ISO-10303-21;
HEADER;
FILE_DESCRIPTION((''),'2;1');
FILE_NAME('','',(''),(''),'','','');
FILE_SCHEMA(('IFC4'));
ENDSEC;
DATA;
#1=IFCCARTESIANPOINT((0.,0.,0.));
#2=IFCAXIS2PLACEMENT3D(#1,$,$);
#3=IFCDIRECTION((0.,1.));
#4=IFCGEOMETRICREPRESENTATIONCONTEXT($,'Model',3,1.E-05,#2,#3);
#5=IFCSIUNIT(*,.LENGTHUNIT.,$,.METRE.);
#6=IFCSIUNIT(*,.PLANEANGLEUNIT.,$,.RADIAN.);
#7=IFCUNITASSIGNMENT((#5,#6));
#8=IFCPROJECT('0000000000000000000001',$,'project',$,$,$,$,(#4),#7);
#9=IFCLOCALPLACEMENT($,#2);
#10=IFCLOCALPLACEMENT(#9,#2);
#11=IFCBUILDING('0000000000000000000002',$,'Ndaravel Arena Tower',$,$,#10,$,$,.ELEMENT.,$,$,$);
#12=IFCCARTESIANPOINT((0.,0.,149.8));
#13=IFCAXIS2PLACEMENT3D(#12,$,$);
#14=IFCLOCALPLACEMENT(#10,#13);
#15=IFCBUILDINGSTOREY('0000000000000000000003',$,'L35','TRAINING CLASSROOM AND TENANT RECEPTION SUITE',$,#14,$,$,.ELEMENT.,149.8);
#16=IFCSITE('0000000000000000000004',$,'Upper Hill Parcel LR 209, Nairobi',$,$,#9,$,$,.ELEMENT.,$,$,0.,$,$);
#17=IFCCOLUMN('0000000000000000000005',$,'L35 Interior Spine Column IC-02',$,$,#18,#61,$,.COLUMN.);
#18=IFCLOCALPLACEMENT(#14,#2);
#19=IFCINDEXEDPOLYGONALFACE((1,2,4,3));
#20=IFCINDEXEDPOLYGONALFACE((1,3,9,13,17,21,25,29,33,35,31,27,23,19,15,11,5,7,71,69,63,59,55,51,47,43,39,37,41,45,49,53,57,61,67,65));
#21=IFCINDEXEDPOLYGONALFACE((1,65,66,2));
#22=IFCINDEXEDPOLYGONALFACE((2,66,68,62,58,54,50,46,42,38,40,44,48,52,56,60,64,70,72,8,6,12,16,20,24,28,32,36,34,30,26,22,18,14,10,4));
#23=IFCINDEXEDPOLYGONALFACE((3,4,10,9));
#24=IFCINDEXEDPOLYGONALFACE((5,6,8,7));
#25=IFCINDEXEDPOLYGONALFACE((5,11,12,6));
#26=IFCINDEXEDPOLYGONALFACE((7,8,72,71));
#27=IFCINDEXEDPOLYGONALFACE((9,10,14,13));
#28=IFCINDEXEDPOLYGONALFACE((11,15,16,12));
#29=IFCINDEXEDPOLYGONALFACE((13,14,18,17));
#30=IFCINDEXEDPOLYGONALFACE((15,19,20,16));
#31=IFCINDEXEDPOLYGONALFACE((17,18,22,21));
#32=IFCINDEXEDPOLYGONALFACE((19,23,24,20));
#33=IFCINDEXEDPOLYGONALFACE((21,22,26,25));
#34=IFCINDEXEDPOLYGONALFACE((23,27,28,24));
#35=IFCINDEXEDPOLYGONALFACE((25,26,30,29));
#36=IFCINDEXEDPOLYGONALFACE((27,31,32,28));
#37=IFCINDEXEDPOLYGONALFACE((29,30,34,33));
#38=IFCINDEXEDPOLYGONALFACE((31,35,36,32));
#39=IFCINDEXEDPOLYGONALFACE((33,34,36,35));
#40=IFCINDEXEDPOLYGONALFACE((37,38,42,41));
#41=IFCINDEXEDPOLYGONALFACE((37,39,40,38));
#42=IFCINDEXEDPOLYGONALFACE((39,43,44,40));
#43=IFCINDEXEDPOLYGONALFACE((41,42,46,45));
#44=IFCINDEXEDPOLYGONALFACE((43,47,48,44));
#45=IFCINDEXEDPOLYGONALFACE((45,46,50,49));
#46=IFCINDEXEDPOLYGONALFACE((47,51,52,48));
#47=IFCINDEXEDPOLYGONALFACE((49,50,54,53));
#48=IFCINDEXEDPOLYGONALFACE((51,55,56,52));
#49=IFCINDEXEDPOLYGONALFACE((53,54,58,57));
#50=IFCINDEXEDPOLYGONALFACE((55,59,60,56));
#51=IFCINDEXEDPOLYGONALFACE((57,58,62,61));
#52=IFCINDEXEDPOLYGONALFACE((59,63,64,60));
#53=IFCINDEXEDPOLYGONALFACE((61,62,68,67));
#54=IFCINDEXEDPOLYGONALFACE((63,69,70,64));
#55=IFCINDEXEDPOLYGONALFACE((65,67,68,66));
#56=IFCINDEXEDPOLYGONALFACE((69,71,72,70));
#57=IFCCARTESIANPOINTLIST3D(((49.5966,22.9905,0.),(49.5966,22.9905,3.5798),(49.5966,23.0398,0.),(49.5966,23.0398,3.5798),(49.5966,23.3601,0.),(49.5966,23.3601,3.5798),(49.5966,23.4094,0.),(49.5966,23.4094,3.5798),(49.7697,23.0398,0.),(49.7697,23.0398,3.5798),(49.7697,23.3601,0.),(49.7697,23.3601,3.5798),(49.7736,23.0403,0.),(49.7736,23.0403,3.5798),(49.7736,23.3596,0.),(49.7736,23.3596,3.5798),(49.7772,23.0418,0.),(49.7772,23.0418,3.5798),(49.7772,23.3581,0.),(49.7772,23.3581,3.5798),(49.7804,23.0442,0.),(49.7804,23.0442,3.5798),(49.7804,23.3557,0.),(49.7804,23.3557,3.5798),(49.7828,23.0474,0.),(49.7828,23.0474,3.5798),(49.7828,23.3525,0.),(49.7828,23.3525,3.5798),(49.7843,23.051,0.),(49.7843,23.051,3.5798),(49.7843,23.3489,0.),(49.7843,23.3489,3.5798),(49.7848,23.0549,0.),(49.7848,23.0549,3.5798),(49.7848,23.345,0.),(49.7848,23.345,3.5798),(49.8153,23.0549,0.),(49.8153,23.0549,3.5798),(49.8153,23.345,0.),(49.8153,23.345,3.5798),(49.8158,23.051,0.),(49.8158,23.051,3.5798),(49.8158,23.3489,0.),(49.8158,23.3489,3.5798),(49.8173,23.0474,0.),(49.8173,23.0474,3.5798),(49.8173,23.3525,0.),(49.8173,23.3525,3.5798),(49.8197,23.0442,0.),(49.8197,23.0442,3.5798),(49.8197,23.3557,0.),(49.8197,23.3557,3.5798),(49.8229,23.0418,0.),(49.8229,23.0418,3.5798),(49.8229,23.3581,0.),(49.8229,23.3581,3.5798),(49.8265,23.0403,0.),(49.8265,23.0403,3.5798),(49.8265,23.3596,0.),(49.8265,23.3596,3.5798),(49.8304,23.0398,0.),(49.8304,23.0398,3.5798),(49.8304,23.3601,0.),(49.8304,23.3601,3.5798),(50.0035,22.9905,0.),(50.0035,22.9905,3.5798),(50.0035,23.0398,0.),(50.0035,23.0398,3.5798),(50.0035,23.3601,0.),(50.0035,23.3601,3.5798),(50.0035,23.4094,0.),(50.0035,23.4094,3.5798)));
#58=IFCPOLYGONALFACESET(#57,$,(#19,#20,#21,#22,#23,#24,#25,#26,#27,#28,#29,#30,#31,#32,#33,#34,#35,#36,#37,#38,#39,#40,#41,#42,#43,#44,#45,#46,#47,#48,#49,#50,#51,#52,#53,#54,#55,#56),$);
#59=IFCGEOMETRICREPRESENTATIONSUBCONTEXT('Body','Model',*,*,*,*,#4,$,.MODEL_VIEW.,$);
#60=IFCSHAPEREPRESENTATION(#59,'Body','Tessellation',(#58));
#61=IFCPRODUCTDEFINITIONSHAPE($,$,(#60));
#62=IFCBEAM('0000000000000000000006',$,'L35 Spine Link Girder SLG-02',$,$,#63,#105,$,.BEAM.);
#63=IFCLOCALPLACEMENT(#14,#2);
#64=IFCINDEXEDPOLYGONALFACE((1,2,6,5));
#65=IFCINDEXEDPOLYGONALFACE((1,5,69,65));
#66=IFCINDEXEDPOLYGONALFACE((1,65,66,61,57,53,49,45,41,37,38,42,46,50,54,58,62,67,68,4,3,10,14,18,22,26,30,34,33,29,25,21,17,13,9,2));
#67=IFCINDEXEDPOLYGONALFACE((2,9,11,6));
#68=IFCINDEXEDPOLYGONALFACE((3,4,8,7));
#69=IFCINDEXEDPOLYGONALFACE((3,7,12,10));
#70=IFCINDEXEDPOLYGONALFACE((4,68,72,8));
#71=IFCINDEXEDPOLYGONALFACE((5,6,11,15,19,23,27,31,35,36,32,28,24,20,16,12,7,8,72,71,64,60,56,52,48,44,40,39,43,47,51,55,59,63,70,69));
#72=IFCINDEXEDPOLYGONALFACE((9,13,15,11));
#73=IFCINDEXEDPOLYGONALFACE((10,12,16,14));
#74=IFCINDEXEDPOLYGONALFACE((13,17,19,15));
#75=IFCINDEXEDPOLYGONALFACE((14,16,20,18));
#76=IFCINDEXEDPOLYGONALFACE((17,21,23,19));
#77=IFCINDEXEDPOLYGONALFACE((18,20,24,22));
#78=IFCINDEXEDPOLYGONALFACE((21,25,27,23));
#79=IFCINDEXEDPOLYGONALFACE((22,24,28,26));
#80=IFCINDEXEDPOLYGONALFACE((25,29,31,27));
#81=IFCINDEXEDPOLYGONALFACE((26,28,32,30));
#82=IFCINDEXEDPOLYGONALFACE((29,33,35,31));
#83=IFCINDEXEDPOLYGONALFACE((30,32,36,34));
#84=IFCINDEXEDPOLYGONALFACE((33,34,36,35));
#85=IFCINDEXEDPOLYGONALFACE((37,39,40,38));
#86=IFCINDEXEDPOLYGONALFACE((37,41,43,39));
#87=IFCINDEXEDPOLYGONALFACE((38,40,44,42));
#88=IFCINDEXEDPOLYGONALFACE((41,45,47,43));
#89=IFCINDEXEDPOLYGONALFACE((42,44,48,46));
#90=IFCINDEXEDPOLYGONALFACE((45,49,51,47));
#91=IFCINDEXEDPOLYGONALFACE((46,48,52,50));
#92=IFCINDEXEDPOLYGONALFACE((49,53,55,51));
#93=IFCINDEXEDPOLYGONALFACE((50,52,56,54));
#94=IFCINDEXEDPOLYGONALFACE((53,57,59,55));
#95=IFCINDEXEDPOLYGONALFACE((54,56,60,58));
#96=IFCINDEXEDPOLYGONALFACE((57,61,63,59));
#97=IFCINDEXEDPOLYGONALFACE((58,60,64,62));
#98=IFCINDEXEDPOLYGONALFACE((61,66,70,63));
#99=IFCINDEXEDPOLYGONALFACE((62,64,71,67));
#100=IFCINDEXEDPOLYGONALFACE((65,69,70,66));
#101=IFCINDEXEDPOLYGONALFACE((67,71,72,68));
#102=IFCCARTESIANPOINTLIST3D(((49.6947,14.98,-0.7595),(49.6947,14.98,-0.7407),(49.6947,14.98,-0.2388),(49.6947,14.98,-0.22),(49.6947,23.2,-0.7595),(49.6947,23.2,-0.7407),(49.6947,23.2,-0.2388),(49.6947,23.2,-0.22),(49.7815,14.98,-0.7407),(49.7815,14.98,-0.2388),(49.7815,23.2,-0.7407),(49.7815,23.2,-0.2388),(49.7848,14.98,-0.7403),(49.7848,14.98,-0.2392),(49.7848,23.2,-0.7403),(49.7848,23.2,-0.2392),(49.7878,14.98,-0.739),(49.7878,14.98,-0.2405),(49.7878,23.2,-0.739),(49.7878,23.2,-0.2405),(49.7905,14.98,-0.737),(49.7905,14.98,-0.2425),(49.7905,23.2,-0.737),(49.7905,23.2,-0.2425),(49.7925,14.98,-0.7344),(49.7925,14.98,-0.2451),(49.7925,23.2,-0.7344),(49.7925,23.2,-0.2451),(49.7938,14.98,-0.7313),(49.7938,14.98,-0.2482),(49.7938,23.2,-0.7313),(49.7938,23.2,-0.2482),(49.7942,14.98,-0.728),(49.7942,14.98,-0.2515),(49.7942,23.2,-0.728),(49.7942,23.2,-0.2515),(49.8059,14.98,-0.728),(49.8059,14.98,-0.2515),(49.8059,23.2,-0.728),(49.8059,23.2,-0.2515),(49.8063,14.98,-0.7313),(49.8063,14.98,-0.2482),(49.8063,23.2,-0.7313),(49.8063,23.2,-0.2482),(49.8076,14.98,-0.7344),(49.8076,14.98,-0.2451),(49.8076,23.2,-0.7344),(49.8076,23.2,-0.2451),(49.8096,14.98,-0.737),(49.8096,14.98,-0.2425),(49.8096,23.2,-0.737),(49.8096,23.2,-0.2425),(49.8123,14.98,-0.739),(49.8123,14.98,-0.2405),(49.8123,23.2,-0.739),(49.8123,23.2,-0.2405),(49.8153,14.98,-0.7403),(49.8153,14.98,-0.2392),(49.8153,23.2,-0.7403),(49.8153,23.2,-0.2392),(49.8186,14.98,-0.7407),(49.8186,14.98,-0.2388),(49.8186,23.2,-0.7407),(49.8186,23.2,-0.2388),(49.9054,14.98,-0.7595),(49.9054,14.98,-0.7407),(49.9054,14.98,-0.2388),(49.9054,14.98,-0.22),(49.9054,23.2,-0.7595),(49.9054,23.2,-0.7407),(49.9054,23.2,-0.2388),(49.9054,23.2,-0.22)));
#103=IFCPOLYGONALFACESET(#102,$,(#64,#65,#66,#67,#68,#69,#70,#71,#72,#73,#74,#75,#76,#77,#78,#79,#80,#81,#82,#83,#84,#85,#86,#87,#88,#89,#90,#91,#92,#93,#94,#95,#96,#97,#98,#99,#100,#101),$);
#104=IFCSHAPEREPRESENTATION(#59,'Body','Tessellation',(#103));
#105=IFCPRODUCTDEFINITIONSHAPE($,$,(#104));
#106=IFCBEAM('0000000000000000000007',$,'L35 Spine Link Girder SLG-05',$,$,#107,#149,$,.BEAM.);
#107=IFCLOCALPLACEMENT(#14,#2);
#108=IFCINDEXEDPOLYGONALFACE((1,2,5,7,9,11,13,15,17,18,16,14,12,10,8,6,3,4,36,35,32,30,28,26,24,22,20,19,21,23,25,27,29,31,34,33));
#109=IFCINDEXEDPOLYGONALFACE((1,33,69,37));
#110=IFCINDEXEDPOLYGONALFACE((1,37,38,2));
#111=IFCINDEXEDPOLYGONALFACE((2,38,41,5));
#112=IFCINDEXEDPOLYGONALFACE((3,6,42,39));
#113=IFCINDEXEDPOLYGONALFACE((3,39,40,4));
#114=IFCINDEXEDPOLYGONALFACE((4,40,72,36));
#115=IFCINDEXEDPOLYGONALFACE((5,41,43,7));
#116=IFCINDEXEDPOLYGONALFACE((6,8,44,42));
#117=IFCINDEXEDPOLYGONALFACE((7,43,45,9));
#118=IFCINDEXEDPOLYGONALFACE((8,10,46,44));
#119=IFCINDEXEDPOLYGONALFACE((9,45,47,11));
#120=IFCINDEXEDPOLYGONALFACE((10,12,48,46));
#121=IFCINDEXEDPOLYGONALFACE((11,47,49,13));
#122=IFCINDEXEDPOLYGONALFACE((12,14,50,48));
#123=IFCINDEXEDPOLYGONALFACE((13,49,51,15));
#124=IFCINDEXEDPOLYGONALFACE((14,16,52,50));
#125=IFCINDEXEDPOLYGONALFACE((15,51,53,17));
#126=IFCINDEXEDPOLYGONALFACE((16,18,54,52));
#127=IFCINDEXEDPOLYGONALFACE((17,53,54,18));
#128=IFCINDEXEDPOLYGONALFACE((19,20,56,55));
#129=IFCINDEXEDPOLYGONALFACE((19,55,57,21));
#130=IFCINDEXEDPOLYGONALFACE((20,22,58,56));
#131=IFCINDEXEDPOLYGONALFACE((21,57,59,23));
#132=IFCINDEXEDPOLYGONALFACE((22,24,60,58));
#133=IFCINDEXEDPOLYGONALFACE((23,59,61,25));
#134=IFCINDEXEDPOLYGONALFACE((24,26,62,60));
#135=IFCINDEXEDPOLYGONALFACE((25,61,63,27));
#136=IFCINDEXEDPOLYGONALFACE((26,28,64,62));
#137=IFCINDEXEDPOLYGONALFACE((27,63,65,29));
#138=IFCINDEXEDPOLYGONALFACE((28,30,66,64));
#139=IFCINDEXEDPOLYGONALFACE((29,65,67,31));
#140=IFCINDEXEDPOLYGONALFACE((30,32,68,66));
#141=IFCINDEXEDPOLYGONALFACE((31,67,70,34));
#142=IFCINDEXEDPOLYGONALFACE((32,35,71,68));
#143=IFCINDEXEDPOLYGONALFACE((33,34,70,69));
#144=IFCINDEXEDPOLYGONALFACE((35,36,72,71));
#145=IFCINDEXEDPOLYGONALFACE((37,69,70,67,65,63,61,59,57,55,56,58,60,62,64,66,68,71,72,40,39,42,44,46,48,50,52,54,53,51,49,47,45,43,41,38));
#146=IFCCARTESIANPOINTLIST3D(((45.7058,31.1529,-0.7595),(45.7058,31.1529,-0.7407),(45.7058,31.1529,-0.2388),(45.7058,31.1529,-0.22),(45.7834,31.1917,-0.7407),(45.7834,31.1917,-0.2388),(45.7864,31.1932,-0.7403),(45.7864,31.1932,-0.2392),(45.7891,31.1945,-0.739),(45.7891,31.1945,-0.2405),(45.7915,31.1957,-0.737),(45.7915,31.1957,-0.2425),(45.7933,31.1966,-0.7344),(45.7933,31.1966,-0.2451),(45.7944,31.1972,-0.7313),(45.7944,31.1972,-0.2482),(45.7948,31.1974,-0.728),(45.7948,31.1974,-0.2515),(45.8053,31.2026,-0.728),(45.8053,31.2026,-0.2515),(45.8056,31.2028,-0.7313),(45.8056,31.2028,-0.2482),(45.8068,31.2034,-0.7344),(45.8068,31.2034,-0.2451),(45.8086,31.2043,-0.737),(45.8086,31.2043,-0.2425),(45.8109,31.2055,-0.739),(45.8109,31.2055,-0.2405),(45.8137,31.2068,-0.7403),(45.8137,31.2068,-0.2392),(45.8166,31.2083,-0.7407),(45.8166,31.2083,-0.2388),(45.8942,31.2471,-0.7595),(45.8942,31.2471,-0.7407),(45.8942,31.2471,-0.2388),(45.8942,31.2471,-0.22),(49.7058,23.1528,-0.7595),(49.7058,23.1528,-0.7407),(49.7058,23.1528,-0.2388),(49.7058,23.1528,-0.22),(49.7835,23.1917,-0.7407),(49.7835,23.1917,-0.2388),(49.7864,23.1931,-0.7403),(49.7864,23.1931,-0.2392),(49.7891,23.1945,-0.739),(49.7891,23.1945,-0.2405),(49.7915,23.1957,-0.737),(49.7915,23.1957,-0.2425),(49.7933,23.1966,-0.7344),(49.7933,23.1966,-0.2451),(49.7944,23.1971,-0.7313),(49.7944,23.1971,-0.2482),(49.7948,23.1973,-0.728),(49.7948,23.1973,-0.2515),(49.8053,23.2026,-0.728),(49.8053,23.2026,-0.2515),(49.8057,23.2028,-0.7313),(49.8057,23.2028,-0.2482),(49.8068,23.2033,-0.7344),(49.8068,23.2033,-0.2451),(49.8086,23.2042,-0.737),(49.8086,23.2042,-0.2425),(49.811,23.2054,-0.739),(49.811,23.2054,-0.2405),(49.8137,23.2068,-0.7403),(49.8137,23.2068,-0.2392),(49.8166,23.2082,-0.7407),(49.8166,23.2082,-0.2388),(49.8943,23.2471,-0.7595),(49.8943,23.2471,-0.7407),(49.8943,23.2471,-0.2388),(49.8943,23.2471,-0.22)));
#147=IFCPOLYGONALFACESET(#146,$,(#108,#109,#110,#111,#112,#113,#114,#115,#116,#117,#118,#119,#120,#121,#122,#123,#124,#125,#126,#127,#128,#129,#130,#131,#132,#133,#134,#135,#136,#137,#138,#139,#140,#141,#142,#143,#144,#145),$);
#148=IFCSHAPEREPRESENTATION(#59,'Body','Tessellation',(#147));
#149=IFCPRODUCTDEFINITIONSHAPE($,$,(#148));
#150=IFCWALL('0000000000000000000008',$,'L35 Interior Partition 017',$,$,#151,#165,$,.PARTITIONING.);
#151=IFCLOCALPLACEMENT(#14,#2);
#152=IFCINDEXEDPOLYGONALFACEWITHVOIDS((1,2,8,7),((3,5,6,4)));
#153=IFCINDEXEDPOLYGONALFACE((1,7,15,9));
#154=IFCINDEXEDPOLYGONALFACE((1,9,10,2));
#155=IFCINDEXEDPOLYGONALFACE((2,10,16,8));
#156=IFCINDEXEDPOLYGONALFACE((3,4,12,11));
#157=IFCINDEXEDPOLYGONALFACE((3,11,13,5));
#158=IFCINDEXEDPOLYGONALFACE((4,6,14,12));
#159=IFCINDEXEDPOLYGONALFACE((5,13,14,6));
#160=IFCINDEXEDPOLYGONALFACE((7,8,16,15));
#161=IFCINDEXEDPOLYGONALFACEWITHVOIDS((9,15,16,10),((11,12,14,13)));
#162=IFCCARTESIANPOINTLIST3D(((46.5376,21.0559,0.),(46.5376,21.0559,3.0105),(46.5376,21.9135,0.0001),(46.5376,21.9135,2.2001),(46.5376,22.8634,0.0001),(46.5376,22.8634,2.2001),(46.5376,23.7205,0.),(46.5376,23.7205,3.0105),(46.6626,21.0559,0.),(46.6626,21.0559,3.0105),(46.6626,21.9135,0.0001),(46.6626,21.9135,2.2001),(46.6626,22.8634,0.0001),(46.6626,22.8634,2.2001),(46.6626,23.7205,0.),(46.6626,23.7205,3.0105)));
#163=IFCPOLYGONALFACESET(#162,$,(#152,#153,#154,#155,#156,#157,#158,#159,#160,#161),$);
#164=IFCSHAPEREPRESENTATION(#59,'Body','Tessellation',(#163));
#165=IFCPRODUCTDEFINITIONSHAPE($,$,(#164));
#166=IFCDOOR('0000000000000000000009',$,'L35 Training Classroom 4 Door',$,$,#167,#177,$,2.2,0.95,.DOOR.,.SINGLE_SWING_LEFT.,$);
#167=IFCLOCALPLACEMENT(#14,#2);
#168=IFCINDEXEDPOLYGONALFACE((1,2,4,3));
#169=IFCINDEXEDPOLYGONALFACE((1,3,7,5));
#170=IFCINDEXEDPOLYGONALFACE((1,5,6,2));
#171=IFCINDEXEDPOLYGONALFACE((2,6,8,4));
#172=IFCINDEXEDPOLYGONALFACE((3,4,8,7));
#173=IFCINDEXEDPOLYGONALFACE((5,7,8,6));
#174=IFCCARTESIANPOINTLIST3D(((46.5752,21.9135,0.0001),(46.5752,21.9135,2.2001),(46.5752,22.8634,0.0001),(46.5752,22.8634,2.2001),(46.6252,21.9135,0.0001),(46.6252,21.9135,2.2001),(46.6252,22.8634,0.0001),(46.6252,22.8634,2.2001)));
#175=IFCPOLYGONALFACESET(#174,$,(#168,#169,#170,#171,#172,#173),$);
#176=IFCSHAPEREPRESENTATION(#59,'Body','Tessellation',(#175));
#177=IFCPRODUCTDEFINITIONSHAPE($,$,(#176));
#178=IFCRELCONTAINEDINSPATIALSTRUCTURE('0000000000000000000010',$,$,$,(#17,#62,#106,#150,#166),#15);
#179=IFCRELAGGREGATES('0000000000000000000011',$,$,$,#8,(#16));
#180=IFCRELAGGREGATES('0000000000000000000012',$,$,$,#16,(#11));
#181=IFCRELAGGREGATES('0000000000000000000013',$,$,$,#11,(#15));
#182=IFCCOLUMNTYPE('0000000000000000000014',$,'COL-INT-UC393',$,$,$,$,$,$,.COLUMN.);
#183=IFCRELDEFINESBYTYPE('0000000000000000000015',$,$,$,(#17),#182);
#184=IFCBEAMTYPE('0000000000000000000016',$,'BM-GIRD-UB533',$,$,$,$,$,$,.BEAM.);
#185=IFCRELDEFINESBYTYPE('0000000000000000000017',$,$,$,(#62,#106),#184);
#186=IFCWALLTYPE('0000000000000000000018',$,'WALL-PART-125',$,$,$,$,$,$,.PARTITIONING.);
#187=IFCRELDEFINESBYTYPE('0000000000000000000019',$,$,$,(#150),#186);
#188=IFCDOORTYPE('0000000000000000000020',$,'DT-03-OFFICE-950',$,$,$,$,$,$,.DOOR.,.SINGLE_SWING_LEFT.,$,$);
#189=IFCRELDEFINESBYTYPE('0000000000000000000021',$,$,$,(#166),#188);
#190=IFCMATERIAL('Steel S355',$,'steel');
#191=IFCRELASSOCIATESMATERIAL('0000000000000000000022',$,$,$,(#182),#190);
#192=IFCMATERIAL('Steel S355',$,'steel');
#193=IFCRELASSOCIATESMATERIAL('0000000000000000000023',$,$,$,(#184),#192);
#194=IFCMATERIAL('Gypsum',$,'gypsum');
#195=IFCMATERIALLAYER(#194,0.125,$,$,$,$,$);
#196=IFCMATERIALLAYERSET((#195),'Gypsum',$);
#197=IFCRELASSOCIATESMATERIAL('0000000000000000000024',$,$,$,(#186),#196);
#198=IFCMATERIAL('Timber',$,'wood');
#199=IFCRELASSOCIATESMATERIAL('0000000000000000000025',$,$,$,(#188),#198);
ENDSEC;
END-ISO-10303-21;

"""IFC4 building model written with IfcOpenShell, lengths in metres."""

from ifc_helpers import new_model, si_unit, direction, frame, frame_2d, origin, origin_2d, place, context, subcontext, project, spatial, rectangle, i_section, extrude, material, layer, layer_set, material_profile, profile_set, type_object, element, fill, save


model = new_model("IFC4")

# Units and contexts
model_context = context("Model", 3, precision=1e-05, world=origin(), true_north=direction((0.0, 1.0)))
body_context = subcontext(model_context, "Body", "Model", "MODEL_VIEW")
ifc_project = project(units=[si_unit("LENGTHUNIT", "METRE"), si_unit("PLANEANGLEUNIT", "RADIAN")], contexts=[model_context])

# Site, building, storey
site_placement = place(None, origin())
site = spatial("IfcSite", under=ifc_project, at=site_placement, Name="Upper Hill Parcel LR 209, Nairobi", CompositionType="ELEMENT", RefElevation=0.0)
building_placement = place(site_placement, origin())
building = spatial("IfcBuilding", under=site, at=building_placement, Name="Ndaravel Arena Tower", CompositionType="ELEMENT")
storey_placement = place(building_placement, frame((0.0, 0.0, 149.8)))
storey = spatial("IfcBuildingStorey", under=building, at=storey_placement, Name="L35", Description="TRAINING CLASSROOM AND TENANT RECEPTION SUITE", CompositionType="ELEMENT", Elevation=149.8)

# Column
ifc_material_1 = material(Name="Steel S355", Category="steel")
ifc_material_profile_1 = material_profile(ifc_material_1, i_section(OverallWidth=0.407, OverallDepth=0.4189, WebThickness=0.0305, FlangeThickness=0.0493, FilletRadius=0.0151, at=origin_2d()), Name="UC 356x406x393")
ifc_profile_set_1 = profile_set([ifc_material_profile_1], Name="Steel S355")
column_type = type_object("IfcColumnType", Name="COL-INT-UC393", PredefinedType="COLUMN", material=ifc_profile_set_1)
column_placement = place(storey_placement, frame((49.8, 23.2, 0.0), z_axis=(0.0, 0.0, 1.0), x_axis=(1.0, 0.0, 0.0)))
element("IfcColumn", 1, at=column_placement, inside=storey, type_object=column_type, Name="L35 Interior Spine Column IC-02", PredefinedType="COLUMN", context=body_context, shape_type="SweptSolid", body=[
    extrude(i_section(OverallWidth=0.407, OverallDepth=0.4189, WebThickness=0.0305, FlangeThickness=0.0493, FilletRadius=0.0151, at=origin_2d()), origin(), (0.0, 0.0, 1.0), 3.5798),
])

# Beams
ifc_material_2 = material(Name="Steel S355", Category="steel")
ifc_material_profile_2 = material_profile(ifc_material_2, i_section(OverallWidth=0.2107, OverallDepth=0.5396, WebThickness=0.0117, FlangeThickness=0.0188, FilletRadius=0.0127, at=origin_2d()), Name="UB 533x210x109")
ifc_profile_set_2 = profile_set([ifc_material_profile_2], Name="Steel S355")
beam_type = type_object("IfcBeamType", Name="BM-GIRD-UB533", PredefinedType="BEAM", material=ifc_profile_set_2)
beam_1_placement = place(storey_placement, frame((49.8, 14.98, -0.4897), z_axis=(0.0, 1.0, 0.0), x_axis=(-1.0, 0.0, 0.0)))
element("IfcBeam", 2, at=beam_1_placement, inside=storey, type_object=beam_type, Name="L35 Spine Link Girder SLG-02", PredefinedType="BEAM", context=body_context, shape_type="SweptSolid", body=[
    extrude(i_section(OverallWidth=0.2107, OverallDepth=0.5396, WebThickness=0.0117, FlangeThickness=0.0188, FilletRadius=0.0127, at=origin_2d()), origin(), (0.0, 0.0, 1.0), 8.22),
])
beam_2_placement = place(storey_placement, frame((49.8, 23.2, -0.4897), z_axis=(-0.447214, 0.894427, 0.0), x_axis=(-0.894427, -0.447214, 0.0)))
element("IfcBeam", 3, at=beam_2_placement, inside=storey, type_object=beam_type, Name="L35 Spine Link Girder SLG-05", PredefinedType="BEAM", context=body_context, shape_type="SweptSolid", body=[
    extrude(i_section(OverallWidth=0.2107, OverallDepth=0.5396, WebThickness=0.0117, FlangeThickness=0.0188, FilletRadius=0.0127, at=origin_2d()), origin(), (0.0, 0.0, 1.0), 8.9443),
])

# Wall, opening, door
ifc_material_3 = material(Name="Gypsum", Category="gypsum")
ifc_layer_1 = layer(ifc_material_3, 0.125)
ifc_layer_set_1 = layer_set([ifc_layer_1], Name="Gypsum")
wall_type_1 = type_object("IfcWallType", Name="WALL-PART-125", PredefinedType="PARTITIONING", material=ifc_layer_set_1)
wall_1_placement = place(storey_placement, frame((46.6001, 21.0559, 0.0), z_axis=(0.0, 0.0, 1.0), x_axis=(0.0, 1.0, 0.0)))
wall_1 = element("IfcWall", 4, at=wall_1_placement, inside=storey, type_object=wall_type_1, Name="L35 Interior Partition 017", PredefinedType="PARTITIONING", context=body_context, shape_type="SweptSolid", body=[
    extrude(rectangle(XDim=2.6646, YDim=0.125, at=frame_2d((1.3323, 0.0))), origin(), (0.0, 0.0, 1.0), 3.0105),
])
opening_1_placement = place(wall_1_placement, frame((0.8574, 0.0, 0.0)))
opening_1 = element("IfcOpeningElement", 5, at=opening_1_placement, cuts=wall_1, PredefinedType="OPENING", context=body_context, shape_type="SweptSolid", body=[
    extrude(rectangle(XDim=0.95, YDim=2.2, at=frame_2d((0.4751, 1.1001))), frame((0.0, 0.0625, 0.0), z_axis=(0.0, -1.0, 0.0), x_axis=(1.0, 0.0, 0.0)), (0.0, 0.0, 1.0), 0.125),
])
ifc_material_4 = material(Name="Timber", Category="wood")
door_type_1 = type_object("IfcDoorType", Name="DT-03-OFFICE-950", OperationType="SINGLE_SWING_LEFT", PredefinedType="DOOR", material=ifc_material_4)
door_1_placement = place(opening_1_placement, origin())
door_1 = element("IfcDoor", 6, at=door_1_placement, inside=storey, type_object=door_type_1, Name="L35 Training Classroom 4 Door", OperationType="SINGLE_SWING_LEFT", OverallHeight=2.2, OverallWidth=0.95, PredefinedType="DOOR", context=body_context, shape_type="SweptSolid", body=[
    extrude(rectangle(XDim=0.95, YDim=2.2, at=frame_2d((0.4751, 1.1001))), frame((0.0, 0.0249, 0.0), z_axis=(0.0, -1.0, 0.0), x_axis=(1.0, 0.0, 0.0)), (0.0, 0.0, 1.0), 0.05),
])
fill(opening_1, door_1)

save(model, "model.ifc")
